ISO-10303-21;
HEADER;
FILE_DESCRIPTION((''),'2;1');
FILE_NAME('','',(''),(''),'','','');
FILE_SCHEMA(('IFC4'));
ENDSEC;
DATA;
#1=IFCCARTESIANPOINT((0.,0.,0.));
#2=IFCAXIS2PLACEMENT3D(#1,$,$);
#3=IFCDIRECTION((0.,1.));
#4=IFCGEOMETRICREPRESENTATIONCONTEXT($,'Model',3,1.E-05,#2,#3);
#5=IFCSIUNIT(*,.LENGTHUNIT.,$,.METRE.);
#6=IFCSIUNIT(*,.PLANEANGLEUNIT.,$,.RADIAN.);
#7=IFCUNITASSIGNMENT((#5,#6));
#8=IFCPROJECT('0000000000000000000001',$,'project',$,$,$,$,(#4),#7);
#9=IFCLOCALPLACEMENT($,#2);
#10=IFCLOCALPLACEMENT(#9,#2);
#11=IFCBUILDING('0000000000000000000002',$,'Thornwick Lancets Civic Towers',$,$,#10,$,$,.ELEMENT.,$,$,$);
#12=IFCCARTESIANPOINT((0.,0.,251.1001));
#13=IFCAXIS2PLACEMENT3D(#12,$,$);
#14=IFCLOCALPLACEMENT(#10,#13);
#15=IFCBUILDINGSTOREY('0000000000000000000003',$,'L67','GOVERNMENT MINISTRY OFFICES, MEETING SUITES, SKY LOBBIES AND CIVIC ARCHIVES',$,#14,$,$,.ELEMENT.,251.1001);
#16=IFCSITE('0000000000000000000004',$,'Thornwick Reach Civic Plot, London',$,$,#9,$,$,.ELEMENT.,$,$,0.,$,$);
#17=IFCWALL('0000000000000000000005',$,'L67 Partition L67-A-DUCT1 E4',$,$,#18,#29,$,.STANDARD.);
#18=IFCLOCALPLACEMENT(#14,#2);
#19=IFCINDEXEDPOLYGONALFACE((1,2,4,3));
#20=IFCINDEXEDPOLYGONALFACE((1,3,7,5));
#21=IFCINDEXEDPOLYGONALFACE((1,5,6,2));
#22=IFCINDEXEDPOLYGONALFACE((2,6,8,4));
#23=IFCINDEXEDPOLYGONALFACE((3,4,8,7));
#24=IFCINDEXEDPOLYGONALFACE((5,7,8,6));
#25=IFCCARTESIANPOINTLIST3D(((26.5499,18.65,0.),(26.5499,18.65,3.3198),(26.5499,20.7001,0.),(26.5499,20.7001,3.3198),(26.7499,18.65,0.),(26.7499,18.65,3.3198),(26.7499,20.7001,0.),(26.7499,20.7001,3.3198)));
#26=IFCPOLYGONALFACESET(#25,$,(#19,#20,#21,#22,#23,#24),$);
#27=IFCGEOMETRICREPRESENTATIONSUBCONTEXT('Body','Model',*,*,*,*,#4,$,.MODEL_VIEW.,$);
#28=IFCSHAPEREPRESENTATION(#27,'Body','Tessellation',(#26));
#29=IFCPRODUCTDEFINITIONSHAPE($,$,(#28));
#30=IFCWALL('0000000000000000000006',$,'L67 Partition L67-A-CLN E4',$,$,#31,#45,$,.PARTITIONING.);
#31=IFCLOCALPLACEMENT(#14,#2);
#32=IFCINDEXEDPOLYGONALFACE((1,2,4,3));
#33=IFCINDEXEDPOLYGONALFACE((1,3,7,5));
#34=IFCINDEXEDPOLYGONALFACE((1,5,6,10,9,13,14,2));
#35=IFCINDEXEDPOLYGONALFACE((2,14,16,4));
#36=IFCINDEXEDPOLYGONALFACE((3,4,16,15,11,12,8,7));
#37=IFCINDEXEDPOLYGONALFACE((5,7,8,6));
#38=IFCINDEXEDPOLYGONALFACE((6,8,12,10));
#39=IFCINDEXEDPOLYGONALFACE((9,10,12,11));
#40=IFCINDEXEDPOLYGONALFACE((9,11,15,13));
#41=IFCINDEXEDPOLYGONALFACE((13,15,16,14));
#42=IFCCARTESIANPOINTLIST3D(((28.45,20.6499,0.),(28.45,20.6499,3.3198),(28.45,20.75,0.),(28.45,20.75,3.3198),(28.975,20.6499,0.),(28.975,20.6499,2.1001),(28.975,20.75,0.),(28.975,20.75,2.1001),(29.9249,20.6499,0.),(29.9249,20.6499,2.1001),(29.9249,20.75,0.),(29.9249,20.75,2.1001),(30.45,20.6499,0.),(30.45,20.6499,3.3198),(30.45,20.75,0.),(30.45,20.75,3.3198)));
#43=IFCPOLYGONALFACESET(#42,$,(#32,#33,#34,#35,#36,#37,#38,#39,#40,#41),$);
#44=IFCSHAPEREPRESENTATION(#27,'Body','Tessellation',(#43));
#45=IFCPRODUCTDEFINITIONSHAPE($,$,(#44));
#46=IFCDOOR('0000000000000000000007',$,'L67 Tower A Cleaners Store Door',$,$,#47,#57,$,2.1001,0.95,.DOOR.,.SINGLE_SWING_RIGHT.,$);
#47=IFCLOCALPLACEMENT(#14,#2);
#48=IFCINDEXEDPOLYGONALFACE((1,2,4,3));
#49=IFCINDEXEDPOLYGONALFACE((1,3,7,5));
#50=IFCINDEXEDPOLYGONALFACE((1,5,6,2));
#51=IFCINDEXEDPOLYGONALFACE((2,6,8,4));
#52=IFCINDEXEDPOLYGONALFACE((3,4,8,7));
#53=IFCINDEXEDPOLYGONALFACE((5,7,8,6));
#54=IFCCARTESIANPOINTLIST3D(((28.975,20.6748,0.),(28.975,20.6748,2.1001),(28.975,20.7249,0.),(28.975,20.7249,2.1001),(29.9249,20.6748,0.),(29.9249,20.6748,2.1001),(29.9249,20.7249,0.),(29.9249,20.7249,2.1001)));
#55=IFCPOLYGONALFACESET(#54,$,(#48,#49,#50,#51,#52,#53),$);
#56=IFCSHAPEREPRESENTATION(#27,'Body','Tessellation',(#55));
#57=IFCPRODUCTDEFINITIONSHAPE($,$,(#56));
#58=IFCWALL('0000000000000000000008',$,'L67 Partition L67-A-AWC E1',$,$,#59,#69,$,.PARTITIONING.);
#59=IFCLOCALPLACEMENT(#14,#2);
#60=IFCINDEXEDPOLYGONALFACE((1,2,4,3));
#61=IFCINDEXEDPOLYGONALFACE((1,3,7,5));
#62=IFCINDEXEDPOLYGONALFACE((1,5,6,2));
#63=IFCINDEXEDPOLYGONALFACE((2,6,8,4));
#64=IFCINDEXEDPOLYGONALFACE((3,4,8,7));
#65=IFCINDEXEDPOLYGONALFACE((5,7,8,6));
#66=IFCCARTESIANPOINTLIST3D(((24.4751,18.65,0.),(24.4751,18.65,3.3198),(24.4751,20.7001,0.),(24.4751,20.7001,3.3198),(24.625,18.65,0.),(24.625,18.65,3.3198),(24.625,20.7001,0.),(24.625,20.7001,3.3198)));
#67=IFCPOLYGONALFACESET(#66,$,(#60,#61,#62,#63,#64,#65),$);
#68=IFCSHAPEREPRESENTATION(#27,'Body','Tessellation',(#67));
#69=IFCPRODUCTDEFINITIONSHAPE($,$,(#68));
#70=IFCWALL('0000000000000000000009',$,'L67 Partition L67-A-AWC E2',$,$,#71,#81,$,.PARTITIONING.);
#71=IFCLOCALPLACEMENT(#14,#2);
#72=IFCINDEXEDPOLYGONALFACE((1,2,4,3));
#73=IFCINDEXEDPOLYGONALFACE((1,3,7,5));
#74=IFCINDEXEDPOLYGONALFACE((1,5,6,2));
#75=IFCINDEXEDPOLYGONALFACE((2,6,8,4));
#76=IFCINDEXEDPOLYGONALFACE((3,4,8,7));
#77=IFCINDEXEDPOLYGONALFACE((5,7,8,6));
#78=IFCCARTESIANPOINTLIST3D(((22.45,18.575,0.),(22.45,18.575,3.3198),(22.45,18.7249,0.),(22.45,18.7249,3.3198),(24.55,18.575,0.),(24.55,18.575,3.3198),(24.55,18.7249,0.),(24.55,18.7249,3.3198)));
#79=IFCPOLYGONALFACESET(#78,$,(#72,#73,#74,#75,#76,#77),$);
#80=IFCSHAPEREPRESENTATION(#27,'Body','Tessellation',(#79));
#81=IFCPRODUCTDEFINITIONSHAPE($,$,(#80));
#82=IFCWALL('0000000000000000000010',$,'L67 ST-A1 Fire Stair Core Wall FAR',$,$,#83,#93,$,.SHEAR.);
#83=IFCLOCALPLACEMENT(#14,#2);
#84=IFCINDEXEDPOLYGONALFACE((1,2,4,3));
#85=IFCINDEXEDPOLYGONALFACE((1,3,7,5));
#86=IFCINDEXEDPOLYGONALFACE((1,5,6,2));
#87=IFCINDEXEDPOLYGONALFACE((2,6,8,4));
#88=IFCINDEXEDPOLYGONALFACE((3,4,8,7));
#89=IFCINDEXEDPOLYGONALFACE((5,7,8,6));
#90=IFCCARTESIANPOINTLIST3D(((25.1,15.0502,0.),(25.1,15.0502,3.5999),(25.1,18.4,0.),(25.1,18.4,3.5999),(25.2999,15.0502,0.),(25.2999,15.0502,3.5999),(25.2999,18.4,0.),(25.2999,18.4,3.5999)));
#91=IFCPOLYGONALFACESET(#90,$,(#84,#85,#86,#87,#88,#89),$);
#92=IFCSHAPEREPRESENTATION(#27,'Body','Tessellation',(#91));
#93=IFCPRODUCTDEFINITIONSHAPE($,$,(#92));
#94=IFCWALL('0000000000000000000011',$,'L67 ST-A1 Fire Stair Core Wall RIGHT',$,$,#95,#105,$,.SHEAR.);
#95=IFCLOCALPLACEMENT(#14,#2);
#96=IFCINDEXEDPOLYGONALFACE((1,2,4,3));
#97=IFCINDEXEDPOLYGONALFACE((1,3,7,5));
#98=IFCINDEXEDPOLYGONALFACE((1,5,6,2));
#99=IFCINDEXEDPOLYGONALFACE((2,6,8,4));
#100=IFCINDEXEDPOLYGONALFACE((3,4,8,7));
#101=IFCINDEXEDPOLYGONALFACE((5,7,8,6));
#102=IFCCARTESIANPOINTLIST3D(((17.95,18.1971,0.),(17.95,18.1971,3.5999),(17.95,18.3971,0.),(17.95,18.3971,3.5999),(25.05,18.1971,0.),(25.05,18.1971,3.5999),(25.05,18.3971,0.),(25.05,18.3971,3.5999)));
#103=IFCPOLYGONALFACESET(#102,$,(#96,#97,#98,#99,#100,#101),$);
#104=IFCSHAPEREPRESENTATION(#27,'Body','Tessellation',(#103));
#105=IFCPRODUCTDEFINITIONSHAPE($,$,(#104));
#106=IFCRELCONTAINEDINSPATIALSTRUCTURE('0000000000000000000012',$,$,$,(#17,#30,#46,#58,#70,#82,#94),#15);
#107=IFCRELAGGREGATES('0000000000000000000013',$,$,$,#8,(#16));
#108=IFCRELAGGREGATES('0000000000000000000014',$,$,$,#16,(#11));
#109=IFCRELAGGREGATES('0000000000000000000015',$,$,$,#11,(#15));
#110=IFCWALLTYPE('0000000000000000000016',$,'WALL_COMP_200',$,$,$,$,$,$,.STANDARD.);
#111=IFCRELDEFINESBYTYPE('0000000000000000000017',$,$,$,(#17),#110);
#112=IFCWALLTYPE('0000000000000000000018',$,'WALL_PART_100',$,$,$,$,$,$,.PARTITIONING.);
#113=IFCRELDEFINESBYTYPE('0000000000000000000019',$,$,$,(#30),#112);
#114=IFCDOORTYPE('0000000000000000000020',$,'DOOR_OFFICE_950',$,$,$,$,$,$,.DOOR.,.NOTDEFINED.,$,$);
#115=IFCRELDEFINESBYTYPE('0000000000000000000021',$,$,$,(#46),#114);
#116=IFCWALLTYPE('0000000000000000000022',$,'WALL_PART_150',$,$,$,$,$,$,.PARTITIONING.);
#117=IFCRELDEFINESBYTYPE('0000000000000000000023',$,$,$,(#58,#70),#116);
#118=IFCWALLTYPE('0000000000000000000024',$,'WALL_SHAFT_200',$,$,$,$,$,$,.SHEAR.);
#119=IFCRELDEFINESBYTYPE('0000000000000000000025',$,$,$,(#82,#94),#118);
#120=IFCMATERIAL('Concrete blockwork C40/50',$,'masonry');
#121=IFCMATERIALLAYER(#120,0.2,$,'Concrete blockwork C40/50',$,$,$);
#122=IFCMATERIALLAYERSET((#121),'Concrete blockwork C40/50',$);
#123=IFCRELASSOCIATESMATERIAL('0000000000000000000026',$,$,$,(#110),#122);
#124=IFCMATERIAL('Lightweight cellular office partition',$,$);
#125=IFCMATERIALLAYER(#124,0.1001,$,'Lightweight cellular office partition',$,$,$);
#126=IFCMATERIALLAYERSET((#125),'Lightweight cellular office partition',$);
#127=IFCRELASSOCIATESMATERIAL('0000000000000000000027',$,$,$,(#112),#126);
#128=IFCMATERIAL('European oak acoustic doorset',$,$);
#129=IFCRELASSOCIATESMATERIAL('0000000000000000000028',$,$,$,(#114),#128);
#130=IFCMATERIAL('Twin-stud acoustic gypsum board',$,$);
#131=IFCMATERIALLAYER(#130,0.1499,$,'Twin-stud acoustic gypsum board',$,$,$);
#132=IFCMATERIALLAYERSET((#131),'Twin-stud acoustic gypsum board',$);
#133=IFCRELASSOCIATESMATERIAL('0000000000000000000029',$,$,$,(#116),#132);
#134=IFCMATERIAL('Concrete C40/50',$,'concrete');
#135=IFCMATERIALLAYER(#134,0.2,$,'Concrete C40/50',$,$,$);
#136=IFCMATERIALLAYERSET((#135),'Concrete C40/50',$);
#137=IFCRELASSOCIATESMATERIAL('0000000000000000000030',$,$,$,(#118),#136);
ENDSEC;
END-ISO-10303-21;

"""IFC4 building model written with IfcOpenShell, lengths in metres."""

from ifc_helpers import new_model, si_unit, direction, frame, frame_2d, origin, place, context, subcontext, project, spatial, rectangle, extrude, material, layer, layer_set, type_object, element, fill, save


model = new_model("IFC4")

# Units and contexts
model_context = context("Model", 3, precision=1e-05, world=origin(), true_north=direction((0.0, 1.0)))
body_context = subcontext(model_context, "Body", "Model", "MODEL_VIEW")
ifc_project = project(units=[si_unit("LENGTHUNIT", "METRE"), si_unit("PLANEANGLEUNIT", "RADIAN")], contexts=[model_context])

# Site, building, storey
site_placement = place(None, origin())
site = spatial("IfcSite", under=ifc_project, at=site_placement, Name="Thornwick Reach Civic Plot, London", CompositionType="ELEMENT", RefElevation=0.0)
building_placement = place(site_placement, origin())
building = spatial("IfcBuilding", under=site, at=building_placement, Name="Thornwick Lancets Civic Towers", CompositionType="ELEMENT")
storey_placement = place(building_placement, frame((0.0, 0.0, 251.1001)))
storey = spatial("IfcBuildingStorey", under=building, at=storey_placement, Name="L67", Description="GOVERNMENT MINISTRY OFFICES, MEETING SUITES, SKY LOBBIES AND CIVIC ARCHIVES", CompositionType="ELEMENT", Elevation=251.1001)

# Shared definitions
ifc_material_1 = material(Name="Concrete C40/50", Category="concrete")

# Shared definitions
ifc_material_2 = material(Name="Concrete blockwork C40/50", Category="masonry")
ifc_layer_1 = layer(ifc_material_2, 0.2, Name="Concrete blockwork C40/50")
ifc_layer_set_1 = layer_set([ifc_layer_1], Name="Concrete blockwork C40/50")
wall_type_1 = type_object("IfcWallType", Name="WALL_COMP_200", PredefinedType="STANDARD", material=ifc_layer_set_1)

# Wall
wall_1_placement = place(storey_placement, frame((26.6499, 20.7, 0.0), z_axis=(0.0, 0.0, 1.0), x_axis=(0.0, -1.0, 0.0)))
element("IfcWall", 1, at=wall_1_placement, inside=storey, type_object=wall_type_1, Name="L67 Partition L67-A-DUCT1 E4", PredefinedType="STANDARD", context=body_context, shape_type="SweptSolid", body=[
    extrude(rectangle(XDim=2.05, YDim=0.2, at=frame_2d((1.0249, 0.0))), origin(), (0.0, 0.0, 1.0), 3.3198),
])

# Wall, opening, door
ifc_material_3 = material(Name="Lightweight cellular office partition")
ifc_layer_2 = layer(ifc_material_3, 0.1001, Name="Lightweight cellular office partition")
ifc_layer_set_2 = layer_set([ifc_layer_2], Name="Lightweight cellular office partition")
wall_type_2 = type_object("IfcWallType", Name="WALL_PART_100", PredefinedType="PARTITIONING", material=ifc_layer_set_2)
wall_2_placement = place(storey_placement, frame((28.45, 20.7, 0.0), z_axis=(0.0, 0.0, 1.0), x_axis=(1.0, 0.0, 0.0)))
wall_2 = element("IfcWall", 2, at=wall_2_placement, inside=storey, type_object=wall_type_2, Name="L67 Partition L67-A-CLN E4", PredefinedType="PARTITIONING", context=body_context, shape_type="SweptSolid", body=[
    extrude(rectangle(XDim=2.0, YDim=0.1001, at=frame_2d((1.0, 0.0))), origin(), (0.0, 0.0, 1.0), 3.3198),
])
opening_1_placement = place(wall_2_placement, frame((0.5249, 0.0, 0.0)))
opening_1 = element("IfcOpeningElement", 3, at=opening_1_placement, cuts=wall_2, PredefinedType="OPENING", context=body_context, shape_type="SweptSolid", body=[
    extrude(rectangle(XDim=0.95, YDim=2.1001, at=frame_2d((0.4751, 1.05))), frame((0.0, 0.0601, 0.0), z_axis=(0.0, -1.0, 0.0), x_axis=(1.0, 0.0, 0.0)), (0.0, 0.0, 1.0), 0.1201),
])
ifc_material_4 = material(Name="European oak acoustic doorset")
door_type_1 = type_object("IfcDoorType", Name="DOOR_OFFICE_950", OperationType="NOTDEFINED", PredefinedType="DOOR", material=ifc_material_4)
door_1_placement = place(opening_1_placement, origin())
door_1 = element("IfcDoor", 4, at=door_1_placement, inside=storey, type_object=door_type_1, Name="L67 Tower A Cleaners Store Door", OperationType="SINGLE_SWING_RIGHT", OverallHeight=2.1001, OverallWidth=0.95, PredefinedType="DOOR", context=body_context, shape_type="SweptSolid", body=[
    extrude(rectangle(XDim=0.95, YDim=2.1001, at=frame_2d((0.4751, 1.05))), frame((0.0, 0.0249, 0.0), z_axis=(0.0, -1.0, 0.0), x_axis=(1.0, 0.0, 0.0)), (0.0, 0.0, 1.0), 0.05),
])
fill(opening_1, door_1)

# Walls
ifc_material_5 = material(Name="Twin-stud acoustic gypsum board")
ifc_layer_3 = layer(ifc_material_5, 0.1499, Name="Twin-stud acoustic gypsum board")
ifc_layer_set_3 = layer_set([ifc_layer_3], Name="Twin-stud acoustic gypsum board")
wall_type_3 = type_object("IfcWallType", Name="WALL_PART_150", PredefinedType="PARTITIONING", material=ifc_layer_set_3)
wall_3_placement = place(storey_placement, frame((24.55, 20.7, 0.0), z_axis=(0.0, 0.0, 1.0), x_axis=(0.0, -1.0, 0.0)))
element("IfcWall", 5, at=wall_3_placement, inside=storey, type_object=wall_type_3, Name="L67 Partition L67-A-AWC E1", PredefinedType="PARTITIONING", context=body_context, shape_type="SweptSolid", body=[
    extrude(rectangle(XDim=2.05, YDim=0.1499, at=frame_2d((1.0249, 0.0))), origin(), (0.0, 0.0, 1.0), 3.3198),
])
wall_4_placement = place(storey_placement, frame((24.55, 18.6499, 0.0), z_axis=(0.0, 0.0, 1.0), x_axis=(-1.0, 0.0, 0.0)))
element("IfcWall", 6, at=wall_4_placement, inside=storey, type_object=wall_type_3, Name="L67 Partition L67-A-AWC E2", PredefinedType="PARTITIONING", context=body_context, shape_type="SweptSolid", body=[
    extrude(rectangle(XDim=2.1001, YDim=0.1499, at=frame_2d((1.05, 0.0))), origin(), (0.0, 0.0, 1.0), 3.3198),
])
ifc_layer_4 = layer(ifc_material_1, 0.2, Name="Concrete C40/50")
ifc_layer_set_4 = layer_set([ifc_layer_4], Name="Concrete C40/50")
wall_type_4 = type_object("IfcWallType", Name="WALL_SHAFT_200", PredefinedType="SHEAR", material=ifc_layer_set_4)
wall_5_placement = place(storey_placement, frame((25.2, 18.3999, 0.0), z_axis=(0.0, 0.0, 1.0), x_axis=(0.0, -1.0, 0.0)))
element("IfcWall", 7, at=wall_5_placement, inside=storey, type_object=wall_type_4, Name="L67 ST-A1 Fire Stair Core Wall FAR", PredefinedType="SHEAR", context=body_context, shape_type="SweptSolid", body=[
    extrude(rectangle(XDim=3.3499, YDim=0.2, at=frame_2d((1.6748, 0.0))), origin(), (0.0, 0.0, 1.0), 3.5999),
])
wall_6_placement = place(storey_placement, frame((25.05, 18.2971, 0.0), z_axis=(0.0, 0.0, 1.0), x_axis=(-1.0, 0.0, 0.0)))
element("IfcWall", 8, at=wall_6_placement, inside=storey, type_object=wall_type_4, Name="L67 ST-A1 Fire Stair Core Wall RIGHT", PredefinedType="SHEAR", context=body_context, shape_type="SweptSolid", body=[
    extrude(rectangle(XDim=7.1001, YDim=0.2, at=frame_2d((3.55, 0.0))), origin(), (0.0, 0.0, 1.0), 3.5999),
])

save(model, "model.ifc")
